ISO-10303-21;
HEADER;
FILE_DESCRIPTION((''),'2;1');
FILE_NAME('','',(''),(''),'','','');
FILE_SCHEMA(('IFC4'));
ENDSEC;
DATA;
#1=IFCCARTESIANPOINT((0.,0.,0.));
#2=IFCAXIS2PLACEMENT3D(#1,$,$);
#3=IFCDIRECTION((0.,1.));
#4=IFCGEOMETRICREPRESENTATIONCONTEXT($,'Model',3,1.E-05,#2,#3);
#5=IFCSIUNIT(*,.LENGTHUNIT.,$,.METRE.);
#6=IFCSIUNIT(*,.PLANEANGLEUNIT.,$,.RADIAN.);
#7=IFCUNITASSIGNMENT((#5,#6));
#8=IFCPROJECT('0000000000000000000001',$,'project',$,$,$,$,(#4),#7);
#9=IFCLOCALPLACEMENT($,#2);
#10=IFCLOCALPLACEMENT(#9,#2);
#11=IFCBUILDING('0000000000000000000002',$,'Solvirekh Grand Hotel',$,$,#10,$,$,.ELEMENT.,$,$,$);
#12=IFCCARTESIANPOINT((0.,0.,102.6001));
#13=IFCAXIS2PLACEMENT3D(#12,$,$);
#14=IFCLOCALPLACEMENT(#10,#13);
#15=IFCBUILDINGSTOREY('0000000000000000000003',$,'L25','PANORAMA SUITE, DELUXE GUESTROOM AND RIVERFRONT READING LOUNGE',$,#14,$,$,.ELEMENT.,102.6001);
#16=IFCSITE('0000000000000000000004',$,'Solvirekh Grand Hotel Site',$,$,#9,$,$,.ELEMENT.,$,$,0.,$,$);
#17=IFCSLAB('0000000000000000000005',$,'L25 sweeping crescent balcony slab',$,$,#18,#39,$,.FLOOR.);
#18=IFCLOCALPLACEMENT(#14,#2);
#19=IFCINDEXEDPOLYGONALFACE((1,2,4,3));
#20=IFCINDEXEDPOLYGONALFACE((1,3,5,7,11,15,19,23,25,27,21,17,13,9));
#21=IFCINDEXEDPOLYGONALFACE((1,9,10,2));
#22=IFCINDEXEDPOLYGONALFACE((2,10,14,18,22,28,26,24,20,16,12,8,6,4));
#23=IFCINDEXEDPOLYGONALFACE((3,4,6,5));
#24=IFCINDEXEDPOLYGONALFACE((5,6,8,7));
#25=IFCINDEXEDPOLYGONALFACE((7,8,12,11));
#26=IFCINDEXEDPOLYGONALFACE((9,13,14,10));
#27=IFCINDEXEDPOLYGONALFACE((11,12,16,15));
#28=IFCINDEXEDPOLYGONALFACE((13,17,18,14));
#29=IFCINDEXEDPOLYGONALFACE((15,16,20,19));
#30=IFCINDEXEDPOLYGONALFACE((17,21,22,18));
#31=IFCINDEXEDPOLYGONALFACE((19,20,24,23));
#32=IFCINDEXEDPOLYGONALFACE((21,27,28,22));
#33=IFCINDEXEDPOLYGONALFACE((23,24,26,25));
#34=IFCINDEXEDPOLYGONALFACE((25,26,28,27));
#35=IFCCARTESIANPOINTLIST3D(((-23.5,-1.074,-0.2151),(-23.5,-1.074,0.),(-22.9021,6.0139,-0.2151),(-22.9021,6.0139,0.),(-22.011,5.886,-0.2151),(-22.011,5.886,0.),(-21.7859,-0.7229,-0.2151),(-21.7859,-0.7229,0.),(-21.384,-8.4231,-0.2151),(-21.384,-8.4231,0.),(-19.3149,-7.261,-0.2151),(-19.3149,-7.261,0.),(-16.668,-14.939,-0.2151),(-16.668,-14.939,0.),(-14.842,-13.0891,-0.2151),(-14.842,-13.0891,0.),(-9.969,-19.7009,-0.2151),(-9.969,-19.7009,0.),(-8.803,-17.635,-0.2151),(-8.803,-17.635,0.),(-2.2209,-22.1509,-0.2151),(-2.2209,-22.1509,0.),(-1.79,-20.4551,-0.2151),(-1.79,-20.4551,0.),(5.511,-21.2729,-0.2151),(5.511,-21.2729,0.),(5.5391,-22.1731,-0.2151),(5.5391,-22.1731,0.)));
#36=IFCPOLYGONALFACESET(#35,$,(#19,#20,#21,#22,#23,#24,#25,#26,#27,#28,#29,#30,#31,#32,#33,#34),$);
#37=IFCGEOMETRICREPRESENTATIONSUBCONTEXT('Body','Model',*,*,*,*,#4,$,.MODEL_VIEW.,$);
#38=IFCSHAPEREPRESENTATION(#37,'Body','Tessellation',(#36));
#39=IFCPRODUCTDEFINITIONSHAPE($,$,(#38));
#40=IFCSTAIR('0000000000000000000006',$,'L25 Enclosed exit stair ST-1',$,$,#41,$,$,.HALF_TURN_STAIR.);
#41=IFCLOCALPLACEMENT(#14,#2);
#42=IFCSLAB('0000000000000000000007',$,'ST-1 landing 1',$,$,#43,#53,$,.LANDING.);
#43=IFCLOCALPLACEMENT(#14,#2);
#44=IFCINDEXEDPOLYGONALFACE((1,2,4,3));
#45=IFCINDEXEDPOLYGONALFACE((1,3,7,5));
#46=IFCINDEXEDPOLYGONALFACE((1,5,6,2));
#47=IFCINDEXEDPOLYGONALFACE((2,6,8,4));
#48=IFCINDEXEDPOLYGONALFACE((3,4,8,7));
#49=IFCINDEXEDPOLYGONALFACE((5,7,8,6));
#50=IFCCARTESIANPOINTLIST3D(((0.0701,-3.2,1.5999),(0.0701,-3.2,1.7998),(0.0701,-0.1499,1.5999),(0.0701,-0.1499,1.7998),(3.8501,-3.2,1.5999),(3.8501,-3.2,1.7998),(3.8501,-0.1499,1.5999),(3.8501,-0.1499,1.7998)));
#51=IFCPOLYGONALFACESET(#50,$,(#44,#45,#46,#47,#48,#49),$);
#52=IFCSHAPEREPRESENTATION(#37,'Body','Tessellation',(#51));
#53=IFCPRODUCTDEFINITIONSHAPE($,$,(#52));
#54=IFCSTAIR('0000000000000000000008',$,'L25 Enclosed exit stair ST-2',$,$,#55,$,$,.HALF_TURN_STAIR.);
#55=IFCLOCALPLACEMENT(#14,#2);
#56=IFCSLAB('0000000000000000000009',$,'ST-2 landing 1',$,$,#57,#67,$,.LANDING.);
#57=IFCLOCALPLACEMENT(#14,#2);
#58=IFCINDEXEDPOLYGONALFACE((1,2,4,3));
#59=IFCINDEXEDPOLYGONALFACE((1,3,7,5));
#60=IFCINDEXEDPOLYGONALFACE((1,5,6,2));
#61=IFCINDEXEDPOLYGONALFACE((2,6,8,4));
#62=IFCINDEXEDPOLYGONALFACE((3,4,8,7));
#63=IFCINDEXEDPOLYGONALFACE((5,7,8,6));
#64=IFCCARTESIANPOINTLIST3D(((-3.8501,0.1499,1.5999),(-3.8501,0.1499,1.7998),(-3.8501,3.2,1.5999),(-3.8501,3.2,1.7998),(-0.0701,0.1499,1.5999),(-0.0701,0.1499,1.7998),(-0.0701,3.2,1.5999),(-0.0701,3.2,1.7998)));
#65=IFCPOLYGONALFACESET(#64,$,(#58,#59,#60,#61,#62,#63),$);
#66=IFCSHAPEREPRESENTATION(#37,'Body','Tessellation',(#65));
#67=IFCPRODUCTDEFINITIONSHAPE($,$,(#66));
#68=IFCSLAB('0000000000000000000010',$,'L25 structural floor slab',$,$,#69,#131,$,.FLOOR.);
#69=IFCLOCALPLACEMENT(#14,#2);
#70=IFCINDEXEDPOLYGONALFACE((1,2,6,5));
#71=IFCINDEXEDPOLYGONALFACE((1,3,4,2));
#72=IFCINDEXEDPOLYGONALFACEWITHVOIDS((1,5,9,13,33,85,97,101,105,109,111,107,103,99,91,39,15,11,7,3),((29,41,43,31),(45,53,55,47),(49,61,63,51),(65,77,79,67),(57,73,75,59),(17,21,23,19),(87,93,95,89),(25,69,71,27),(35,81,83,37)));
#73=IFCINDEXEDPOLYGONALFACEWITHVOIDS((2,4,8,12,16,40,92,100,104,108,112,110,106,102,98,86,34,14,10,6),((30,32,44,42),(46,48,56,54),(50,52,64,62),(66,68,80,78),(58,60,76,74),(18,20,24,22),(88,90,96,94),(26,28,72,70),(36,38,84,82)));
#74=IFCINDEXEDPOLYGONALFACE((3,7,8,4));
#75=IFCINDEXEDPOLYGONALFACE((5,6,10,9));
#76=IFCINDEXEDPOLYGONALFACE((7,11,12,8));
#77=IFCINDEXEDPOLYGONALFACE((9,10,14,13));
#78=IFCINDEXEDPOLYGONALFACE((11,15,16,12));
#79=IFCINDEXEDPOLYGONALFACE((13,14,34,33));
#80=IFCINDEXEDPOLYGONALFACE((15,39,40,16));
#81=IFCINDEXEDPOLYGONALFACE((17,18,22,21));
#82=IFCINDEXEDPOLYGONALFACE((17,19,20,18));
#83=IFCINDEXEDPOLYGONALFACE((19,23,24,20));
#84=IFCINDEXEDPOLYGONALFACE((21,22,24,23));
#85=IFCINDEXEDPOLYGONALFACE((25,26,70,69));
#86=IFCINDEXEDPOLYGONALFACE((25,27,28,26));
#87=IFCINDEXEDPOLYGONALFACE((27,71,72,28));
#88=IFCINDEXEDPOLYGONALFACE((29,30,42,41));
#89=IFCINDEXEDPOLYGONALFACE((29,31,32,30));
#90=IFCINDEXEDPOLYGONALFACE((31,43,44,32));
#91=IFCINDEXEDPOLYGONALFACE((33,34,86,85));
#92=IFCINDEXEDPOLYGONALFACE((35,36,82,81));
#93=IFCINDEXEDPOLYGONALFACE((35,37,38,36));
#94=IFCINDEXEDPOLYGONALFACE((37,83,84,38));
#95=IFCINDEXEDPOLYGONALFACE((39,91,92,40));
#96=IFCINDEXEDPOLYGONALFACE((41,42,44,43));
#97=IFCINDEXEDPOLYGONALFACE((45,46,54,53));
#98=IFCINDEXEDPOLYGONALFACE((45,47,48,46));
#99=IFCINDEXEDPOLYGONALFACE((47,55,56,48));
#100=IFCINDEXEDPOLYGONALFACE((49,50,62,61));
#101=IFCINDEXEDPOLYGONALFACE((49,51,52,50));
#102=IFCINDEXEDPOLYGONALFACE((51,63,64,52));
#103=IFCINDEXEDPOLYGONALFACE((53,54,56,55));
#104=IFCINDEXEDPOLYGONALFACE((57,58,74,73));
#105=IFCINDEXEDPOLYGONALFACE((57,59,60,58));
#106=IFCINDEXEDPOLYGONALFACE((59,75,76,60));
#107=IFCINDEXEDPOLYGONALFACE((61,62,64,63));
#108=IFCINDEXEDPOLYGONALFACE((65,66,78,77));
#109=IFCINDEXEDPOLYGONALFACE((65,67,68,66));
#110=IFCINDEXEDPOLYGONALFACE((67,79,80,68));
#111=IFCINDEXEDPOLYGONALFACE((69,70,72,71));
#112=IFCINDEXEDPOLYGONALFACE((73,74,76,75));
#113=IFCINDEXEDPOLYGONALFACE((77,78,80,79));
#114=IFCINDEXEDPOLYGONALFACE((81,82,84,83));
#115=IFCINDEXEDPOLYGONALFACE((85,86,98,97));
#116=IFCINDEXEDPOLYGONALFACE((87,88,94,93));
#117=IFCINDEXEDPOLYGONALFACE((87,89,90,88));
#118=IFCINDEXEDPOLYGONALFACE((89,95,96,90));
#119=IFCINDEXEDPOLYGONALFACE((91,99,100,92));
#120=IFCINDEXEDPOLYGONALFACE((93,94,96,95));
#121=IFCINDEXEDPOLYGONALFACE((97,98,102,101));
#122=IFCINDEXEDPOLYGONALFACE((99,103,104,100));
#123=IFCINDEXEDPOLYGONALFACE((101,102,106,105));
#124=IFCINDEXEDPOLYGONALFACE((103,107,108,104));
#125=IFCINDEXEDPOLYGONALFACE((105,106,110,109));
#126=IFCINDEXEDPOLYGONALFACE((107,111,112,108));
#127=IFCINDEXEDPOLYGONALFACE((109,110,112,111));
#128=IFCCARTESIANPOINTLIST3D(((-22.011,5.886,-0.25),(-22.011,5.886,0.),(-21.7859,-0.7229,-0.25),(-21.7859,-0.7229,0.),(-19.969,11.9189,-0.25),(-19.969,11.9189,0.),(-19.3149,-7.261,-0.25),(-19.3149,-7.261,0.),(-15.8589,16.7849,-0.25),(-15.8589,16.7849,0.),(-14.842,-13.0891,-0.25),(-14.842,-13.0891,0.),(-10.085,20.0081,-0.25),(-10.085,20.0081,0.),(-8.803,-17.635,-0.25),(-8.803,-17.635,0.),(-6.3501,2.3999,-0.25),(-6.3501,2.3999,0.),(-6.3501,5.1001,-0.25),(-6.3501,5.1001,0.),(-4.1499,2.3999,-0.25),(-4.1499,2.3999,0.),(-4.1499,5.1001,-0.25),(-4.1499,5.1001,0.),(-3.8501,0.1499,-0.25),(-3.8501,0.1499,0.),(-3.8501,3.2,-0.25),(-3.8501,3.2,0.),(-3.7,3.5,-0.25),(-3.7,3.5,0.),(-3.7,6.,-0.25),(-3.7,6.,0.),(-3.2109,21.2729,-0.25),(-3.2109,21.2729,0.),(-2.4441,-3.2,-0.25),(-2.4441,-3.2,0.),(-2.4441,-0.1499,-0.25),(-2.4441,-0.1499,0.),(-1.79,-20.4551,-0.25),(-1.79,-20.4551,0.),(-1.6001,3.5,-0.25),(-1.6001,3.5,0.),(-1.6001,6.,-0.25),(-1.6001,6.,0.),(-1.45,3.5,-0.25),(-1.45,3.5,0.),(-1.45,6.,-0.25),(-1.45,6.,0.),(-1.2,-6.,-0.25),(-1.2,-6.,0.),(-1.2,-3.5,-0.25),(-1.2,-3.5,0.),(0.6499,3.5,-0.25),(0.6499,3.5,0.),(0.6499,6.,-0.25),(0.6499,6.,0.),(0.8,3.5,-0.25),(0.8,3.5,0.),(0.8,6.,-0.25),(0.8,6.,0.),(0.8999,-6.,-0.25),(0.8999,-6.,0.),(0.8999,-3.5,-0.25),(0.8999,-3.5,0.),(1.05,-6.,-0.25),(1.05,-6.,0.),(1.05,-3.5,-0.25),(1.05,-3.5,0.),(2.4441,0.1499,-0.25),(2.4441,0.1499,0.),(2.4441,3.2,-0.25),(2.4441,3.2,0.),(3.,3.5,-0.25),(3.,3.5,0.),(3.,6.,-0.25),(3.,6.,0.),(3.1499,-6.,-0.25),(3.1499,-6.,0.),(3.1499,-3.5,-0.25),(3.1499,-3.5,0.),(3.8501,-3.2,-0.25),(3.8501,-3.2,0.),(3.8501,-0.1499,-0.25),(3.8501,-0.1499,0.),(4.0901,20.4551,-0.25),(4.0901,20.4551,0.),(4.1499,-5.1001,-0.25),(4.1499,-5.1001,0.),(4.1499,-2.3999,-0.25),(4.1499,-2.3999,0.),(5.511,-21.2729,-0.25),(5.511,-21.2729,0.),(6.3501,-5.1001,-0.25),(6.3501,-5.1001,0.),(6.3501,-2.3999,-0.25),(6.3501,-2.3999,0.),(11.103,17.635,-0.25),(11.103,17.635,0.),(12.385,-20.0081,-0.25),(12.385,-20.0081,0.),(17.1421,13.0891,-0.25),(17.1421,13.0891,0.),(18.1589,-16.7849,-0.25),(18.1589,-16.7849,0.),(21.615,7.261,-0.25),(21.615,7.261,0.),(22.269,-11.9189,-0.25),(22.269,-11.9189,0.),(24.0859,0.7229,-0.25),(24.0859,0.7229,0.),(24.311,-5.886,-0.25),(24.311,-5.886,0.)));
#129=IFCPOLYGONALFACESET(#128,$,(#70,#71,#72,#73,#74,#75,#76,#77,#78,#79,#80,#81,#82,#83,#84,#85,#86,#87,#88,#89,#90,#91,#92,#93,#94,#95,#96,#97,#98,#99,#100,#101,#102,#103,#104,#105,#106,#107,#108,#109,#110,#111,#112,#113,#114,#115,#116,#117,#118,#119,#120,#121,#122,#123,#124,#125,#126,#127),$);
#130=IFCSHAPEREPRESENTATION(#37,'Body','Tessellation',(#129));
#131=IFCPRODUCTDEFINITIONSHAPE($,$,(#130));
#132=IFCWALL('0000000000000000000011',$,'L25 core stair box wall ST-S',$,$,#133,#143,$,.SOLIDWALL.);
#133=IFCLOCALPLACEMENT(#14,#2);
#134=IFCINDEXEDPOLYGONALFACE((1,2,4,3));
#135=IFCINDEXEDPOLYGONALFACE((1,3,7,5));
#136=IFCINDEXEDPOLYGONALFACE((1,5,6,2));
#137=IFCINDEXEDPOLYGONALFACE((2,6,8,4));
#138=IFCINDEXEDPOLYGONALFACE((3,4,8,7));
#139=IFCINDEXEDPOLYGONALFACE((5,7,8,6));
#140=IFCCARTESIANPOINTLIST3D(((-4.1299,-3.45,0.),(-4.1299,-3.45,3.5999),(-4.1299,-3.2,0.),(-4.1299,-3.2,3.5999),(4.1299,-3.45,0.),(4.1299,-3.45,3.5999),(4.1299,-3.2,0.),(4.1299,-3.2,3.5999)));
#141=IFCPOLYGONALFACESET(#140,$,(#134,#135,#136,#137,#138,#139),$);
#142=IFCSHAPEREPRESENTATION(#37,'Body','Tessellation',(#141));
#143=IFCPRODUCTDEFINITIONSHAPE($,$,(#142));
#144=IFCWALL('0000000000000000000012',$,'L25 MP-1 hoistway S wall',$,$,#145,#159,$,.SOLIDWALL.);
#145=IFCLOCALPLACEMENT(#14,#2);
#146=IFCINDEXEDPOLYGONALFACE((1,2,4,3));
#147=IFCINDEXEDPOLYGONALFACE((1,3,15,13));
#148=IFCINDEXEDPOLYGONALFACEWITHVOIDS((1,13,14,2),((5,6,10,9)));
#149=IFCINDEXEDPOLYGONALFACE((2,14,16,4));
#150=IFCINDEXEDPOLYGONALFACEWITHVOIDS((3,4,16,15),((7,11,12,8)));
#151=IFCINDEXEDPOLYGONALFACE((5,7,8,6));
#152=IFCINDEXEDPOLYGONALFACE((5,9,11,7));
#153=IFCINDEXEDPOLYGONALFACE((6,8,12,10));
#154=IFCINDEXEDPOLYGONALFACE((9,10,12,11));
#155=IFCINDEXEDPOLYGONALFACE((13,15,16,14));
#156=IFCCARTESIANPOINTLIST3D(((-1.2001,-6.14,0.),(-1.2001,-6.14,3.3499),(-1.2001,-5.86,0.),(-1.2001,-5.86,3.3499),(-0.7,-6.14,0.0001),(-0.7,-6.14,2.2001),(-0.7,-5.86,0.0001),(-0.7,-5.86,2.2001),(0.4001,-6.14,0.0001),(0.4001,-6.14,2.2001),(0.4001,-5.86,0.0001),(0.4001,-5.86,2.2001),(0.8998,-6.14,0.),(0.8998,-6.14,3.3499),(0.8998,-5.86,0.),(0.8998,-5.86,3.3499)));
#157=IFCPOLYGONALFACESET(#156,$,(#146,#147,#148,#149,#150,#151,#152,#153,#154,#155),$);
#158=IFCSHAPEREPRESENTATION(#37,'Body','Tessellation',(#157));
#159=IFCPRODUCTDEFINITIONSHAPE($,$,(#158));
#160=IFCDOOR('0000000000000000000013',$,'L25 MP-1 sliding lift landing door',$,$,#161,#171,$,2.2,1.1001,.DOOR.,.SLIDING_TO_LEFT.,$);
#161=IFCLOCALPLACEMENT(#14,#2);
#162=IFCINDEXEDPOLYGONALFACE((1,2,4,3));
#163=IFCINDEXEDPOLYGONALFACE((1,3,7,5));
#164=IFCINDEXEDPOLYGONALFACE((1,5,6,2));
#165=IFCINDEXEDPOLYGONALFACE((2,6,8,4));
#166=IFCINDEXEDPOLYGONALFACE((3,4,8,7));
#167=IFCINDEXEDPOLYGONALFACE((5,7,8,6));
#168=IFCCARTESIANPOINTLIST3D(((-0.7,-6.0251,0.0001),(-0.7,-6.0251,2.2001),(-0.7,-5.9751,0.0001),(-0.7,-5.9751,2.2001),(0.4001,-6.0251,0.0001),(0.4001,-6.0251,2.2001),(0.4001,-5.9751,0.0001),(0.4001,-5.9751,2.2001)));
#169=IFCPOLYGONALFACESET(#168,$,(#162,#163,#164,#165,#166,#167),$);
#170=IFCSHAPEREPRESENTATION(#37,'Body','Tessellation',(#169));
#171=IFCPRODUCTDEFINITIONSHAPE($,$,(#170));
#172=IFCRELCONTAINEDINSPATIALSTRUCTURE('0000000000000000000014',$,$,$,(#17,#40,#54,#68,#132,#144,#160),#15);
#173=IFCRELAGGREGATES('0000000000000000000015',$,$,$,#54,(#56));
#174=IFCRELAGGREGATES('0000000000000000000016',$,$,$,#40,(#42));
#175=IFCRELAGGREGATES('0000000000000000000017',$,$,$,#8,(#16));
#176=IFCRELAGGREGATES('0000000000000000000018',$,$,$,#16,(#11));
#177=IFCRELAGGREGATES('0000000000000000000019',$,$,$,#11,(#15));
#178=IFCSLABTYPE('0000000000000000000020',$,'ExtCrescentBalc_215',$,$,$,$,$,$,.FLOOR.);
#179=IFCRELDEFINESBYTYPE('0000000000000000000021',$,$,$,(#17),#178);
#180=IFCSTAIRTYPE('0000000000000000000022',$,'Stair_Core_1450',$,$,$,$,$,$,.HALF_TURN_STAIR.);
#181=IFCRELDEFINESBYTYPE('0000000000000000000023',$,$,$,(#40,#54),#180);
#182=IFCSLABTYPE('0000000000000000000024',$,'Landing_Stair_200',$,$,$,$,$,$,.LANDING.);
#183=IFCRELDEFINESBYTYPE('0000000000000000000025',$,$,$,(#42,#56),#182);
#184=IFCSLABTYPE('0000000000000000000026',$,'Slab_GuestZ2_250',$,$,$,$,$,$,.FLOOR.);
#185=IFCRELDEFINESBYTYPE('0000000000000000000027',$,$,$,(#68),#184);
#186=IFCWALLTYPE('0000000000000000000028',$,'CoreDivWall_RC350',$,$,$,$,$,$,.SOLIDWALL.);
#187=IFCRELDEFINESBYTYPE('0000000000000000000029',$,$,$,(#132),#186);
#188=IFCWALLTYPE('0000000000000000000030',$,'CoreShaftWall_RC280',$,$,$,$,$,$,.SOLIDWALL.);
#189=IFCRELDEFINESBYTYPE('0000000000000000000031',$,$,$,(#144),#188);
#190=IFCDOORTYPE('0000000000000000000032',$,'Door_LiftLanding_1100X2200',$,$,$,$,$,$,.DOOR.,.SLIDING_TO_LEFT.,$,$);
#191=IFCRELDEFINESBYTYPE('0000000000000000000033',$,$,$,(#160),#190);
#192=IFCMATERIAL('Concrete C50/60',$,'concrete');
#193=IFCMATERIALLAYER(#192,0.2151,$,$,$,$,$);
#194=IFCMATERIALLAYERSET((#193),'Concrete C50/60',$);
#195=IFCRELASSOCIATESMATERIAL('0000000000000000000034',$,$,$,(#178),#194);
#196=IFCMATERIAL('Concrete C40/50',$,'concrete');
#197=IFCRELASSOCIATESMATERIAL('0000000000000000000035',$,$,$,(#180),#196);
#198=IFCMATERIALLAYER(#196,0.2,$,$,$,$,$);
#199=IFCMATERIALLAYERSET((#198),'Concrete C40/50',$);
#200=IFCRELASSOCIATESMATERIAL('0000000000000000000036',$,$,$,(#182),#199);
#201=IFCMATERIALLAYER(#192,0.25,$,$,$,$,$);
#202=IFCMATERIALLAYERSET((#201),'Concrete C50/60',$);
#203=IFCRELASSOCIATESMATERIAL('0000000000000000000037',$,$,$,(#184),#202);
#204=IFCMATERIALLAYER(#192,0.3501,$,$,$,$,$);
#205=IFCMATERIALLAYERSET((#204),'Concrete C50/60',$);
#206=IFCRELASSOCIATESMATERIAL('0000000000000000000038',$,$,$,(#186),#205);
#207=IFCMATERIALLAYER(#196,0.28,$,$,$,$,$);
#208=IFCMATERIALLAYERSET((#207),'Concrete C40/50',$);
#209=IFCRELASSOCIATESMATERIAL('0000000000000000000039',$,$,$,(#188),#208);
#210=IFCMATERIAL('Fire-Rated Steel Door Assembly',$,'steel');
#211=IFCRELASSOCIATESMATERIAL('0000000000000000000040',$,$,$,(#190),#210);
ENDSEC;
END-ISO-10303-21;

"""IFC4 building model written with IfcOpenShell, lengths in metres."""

from ifc_helpers import new_model, si_unit, direction, frame, frame_2d, origin, place, context, subcontext, project, spatial, polyline, rectangle, outline, extrude, material, layer, layer_set, type_object, element, fill, aggregate, save


model = new_model("IFC4")

# Units and contexts
model_context = context("Model", 3, precision=1e-05, world=origin(), true_north=direction((0.0, 1.0)))
body_context = subcontext(model_context, "Body", "Model", "MODEL_VIEW")
ifc_project = project(units=[si_unit("LENGTHUNIT", "METRE"), si_unit("PLANEANGLEUNIT", "RADIAN")], contexts=[model_context])

# Site, building, storey
site_placement = place(None, origin())
site = spatial("IfcSite", under=ifc_project, at=site_placement, Name="Solvirekh Grand Hotel Site", CompositionType="ELEMENT", RefElevation=0.0)
building_placement = place(site_placement, origin())
building = spatial("IfcBuilding", under=site, at=building_placement, Name="Solvirekh Grand Hotel", CompositionType="ELEMENT")
storey_placement = place(building_placement, frame((0.0, 0.0, 102.6001)))
storey = spatial("IfcBuildingStorey", under=building, at=storey_placement, Name="L25", Description="PANORAMA SUITE, DELUXE GUESTROOM AND RIVERFRONT READING LOUNGE", CompositionType="ELEMENT", Elevation=102.6001)

# Slab
ifc_material_1 = material(Name="Concrete C50/60", Category="concrete")
ifc_layer_1 = layer(ifc_material_1, 0.2151)
ifc_layer_set_1 = layer_set([ifc_layer_1], Name="Concrete C50/60")
slab_type_1 = type_object("IfcSlabType", Name="ExtCrescentBalc_215", PredefinedType="FLOOR", material=ifc_layer_set_1)
slab_1_placement = place(storey_placement, frame((0.0, 0.0, -0.2151)))
element("IfcSlab", 1, at=slab_1_placement, inside=storey, type_object=slab_type_1, Name="L25 sweeping crescent balcony slab", PredefinedType="FLOOR", context=body_context, shape_type="SweptSolid", body=[
    extrude(outline(polyline([(-22.9021, 6.0139), (-23.5, -1.074), (-21.384, -8.4231), (-16.668, -14.939), (-9.969, -19.7009), (-2.2209, -22.1509), (5.5391, -22.1731), (5.511, -21.2729), (-1.79, -20.4551), (-8.803, -17.635), (-14.842, -13.0891), (-19.3149, -7.261), (-21.7859, -0.7229), (-22.011, 5.886), (-22.9021, 6.0139)])), origin(), (0.0, 0.0, 1.0), 0.2151),
])

# Stairs, slabs
ifc_material_2 = material(Name="Concrete C40/50", Category="concrete")
stair_type = type_object("IfcStairType", Name="Stair_Core_1450", PredefinedType="HALF_TURN_STAIR", material=ifc_material_2)
stair_1_placement = place(storey_placement, origin())
stair_1 = element("IfcStair", 2, at=stair_1_placement, inside=storey, type_object=stair_type, Name="L25 Enclosed exit stair ST-1", PredefinedType="HALF_TURN_STAIR")
ifc_layer_2 = layer(ifc_material_2, 0.2)
ifc_layer_set_2 = layer_set([ifc_layer_2], Name="Concrete C40/50")
slab_type_2 = type_object("IfcSlabType", Name="Landing_Stair_200", PredefinedType="LANDING", material=ifc_layer_set_2)
slab_2_placement = place(storey_placement, frame((0.0, 0.0, 1.5999)))
slab_2 = element("IfcSlab", 3, at=slab_2_placement, type_object=slab_type_2, Name="ST-1 landing 1", PredefinedType="LANDING", context=body_context, shape_type="SweptSolid", body=[
    extrude(outline(polyline([(0.0701, -3.2), (3.8501, -3.2), (3.8501, -0.1499), (0.0701, -0.1499), (0.0701, -3.2)])), origin(), (0.0, 0.0, 1.0), 0.2),
])
stair_2_placement = place(storey_placement, origin())
stair_2 = element("IfcStair", 4, at=stair_2_placement, inside=storey, type_object=stair_type, Name="L25 Enclosed exit stair ST-2", PredefinedType="HALF_TURN_STAIR")
slab_3_placement = place(storey_placement, frame((0.0, 0.0, 1.5999)))
slab_3 = element("IfcSlab", 5, at=slab_3_placement, type_object=slab_type_2, Name="ST-2 landing 1", PredefinedType="LANDING", context=body_context, shape_type="SweptSolid", body=[
    extrude(outline(polyline([(-0.0701, 3.2), (-3.8501, 3.2), (-3.8501, 0.1499), (-0.0701, 0.1499), (-0.0701, 3.2)])), origin(), (0.0, 0.0, 1.0), 0.2),
])
aggregate(stair_2, [slab_3])

# Slab
ifc_layer_3 = layer(ifc_material_1, 0.25)
ifc_layer_set_3 = layer_set([ifc_layer_3], Name="Concrete C50/60")
slab_type_3 = type_object("IfcSlabType", Name="Slab_GuestZ2_250", PredefinedType="FLOOR", material=ifc_layer_set_3)
slab_4_placement = place(storey_placement, frame((0.0, 0.0, -0.25)))
element("IfcSlab", 6, at=slab_4_placement, inside=storey, type_object=slab_type_3, Name="L25 structural floor slab", PredefinedType="FLOOR", context=body_context, shape_type="SweptSolid", body=[
    extrude(outline(polyline([(22.269, -11.9189), (24.311, -5.886), (24.0859, 0.7229), (21.615, 7.261), (17.1421, 13.0891), (11.103, 17.635), (4.0901, 20.4551), (-3.2109, 21.2729), (-10.085, 20.0081), (-15.8589, 16.7849), (-19.969, 11.9189), (-22.011, 5.886), (-21.7859, -0.7229), (-19.3149, -7.261), (-14.842, -13.0891), (-8.803, -17.635), (-1.79, -20.4551), (5.511, -21.2729), (12.385, -20.0081), (18.1589, -16.7849), (22.269, -11.9189)]), holes=[polyline([(-2.4441, -0.1499), (3.8501, -0.1499), (3.8501, -3.2), (-2.4441, -3.2), (-2.4441, -0.1499)]), polyline([(2.4441, 0.1499), (-3.8501, 0.1499), (-3.8501, 3.2), (2.4441, 3.2), (2.4441, 0.1499)]), polyline([(-1.2, -3.5), (0.8999, -3.5), (0.8999, -6.0), (-1.2, -6.0), (-1.2, -3.5)]), polyline([(1.05, -3.5), (3.1499, -3.5), (3.1499, -6.0), (1.05, -6.0), (1.05, -3.5)]), polyline([(-3.7, 6.0), (-1.6001, 6.0), (-1.6001, 3.5), (-3.7, 3.5), (-3.7, 6.0)]), polyline([(-1.45, 6.0), (0.6499, 6.0), (0.6499, 3.5), (-1.45, 3.5), (-1.45, 6.0)]), polyline([(0.8, 6.0), (3.0, 6.0), (3.0, 3.5), (0.8, 3.5), (0.8, 6.0)]), polyline([(-6.3501, 5.1001), (-4.1499, 5.1001), (-4.1499, 2.3999), (-6.3501, 2.3999), (-6.3501, 5.1001)]), polyline([(4.1499, -2.3999), (6.3501, -2.3999), (6.3501, -5.1001), (4.1499, -5.1001), (4.1499, -2.3999)])]), origin(), (0.0, 0.0, 1.0), 0.25),
])

# Wall
ifc_layer_4 = layer(ifc_material_1, 0.3501)
ifc_layer_set_4 = layer_set([ifc_layer_4], Name="Concrete C50/60")
wall_type_1 = type_object("IfcWallType", Name="CoreDivWall_RC350", PredefinedType="SOLIDWALL", material=ifc_layer_set_4)
wall_1_placement = place(storey_placement, frame((-4.1299, -3.325, 0.0), z_axis=(0.0, 0.0, 1.0), x_axis=(1.0, 0.0, 0.0)))
element("IfcWall", 7, at=wall_1_placement, inside=storey, type_object=wall_type_1, Name="L25 core stair box wall ST-S", PredefinedType="SOLIDWALL", context=body_context, shape_type="SweptSolid", body=[
    extrude(rectangle(XDim=8.2598, YDim=0.25, at=frame_2d((4.1299, 0.0))), origin(), (0.0, 0.0, 1.0), 3.5999),
])

# Wall, opening, door
ifc_layer_5 = layer(ifc_material_2, 0.28)
ifc_layer_set_5 = layer_set([ifc_layer_5], Name="Concrete C40/50")
wall_type_2 = type_object("IfcWallType", Name="CoreShaftWall_RC280", PredefinedType="SOLIDWALL", material=ifc_layer_set_5)
wall_2_placement = place(storey_placement, frame((-1.2, -6.0, 0.0), z_axis=(0.0, 0.0, 1.0), x_axis=(1.0, 0.0, 0.0)))
wall_2 = element("IfcWall", 8, at=wall_2_placement, inside=storey, type_object=wall_type_2, Name="L25 MP-1 hoistway S wall", PredefinedType="SOLIDWALL", context=body_context, shape_type="SweptSolid", body=[
    extrude(rectangle(XDim=2.0999, YDim=0.28, at=frame_2d((1.0498, 0.0))), origin(), (0.0, 0.0, 1.0), 3.3499),
])
opening_1_placement = place(wall_2_placement, frame((0.5, 0.0, 0.0)))
opening_1 = element("IfcOpeningElement", 9, at=opening_1_placement, cuts=wall_2, PredefinedType="OPENING", context=body_context, shape_type="SweptSolid", body=[
    extrude(rectangle(XDim=1.1001, YDim=2.2, at=frame_2d((0.55, 1.1001))), frame((0.0, 0.1499, 0.0), z_axis=(0.0, -1.0, 0.0), x_axis=(1.0, 0.0, 0.0)), (0.0, 0.0, 1.0), 0.3),
])
ifc_material_3 = material(Name="Fire-Rated Steel Door Assembly", Category="steel")
door_type_1 = type_object("IfcDoorType", Name="Door_LiftLanding_1100X2200", OperationType="SLIDING_TO_LEFT", PredefinedType="DOOR", material=ifc_material_3)
door_1_placement = place(opening_1_placement, origin())
door_1 = element("IfcDoor", 10, at=door_1_placement, inside=storey, type_object=door_type_1, Name="L25 MP-1 sliding lift landing door", OperationType="SLIDING_TO_LEFT", OverallHeight=2.2, OverallWidth=1.1001, PredefinedType="DOOR", context=body_context, shape_type="SweptSolid", body=[
    extrude(rectangle(XDim=1.1001, YDim=2.2, at=frame_2d((0.55, 1.1001))), frame((0.0, 0.0249, 0.0), z_axis=(0.0, -1.0, 0.0), x_axis=(1.0, 0.0, 0.0)), (0.0, 0.0, 1.0), 0.05),
])
fill(opening_1, door_1)

aggregate(stair_1, [slab_2])

save(model, "model.ifc")
